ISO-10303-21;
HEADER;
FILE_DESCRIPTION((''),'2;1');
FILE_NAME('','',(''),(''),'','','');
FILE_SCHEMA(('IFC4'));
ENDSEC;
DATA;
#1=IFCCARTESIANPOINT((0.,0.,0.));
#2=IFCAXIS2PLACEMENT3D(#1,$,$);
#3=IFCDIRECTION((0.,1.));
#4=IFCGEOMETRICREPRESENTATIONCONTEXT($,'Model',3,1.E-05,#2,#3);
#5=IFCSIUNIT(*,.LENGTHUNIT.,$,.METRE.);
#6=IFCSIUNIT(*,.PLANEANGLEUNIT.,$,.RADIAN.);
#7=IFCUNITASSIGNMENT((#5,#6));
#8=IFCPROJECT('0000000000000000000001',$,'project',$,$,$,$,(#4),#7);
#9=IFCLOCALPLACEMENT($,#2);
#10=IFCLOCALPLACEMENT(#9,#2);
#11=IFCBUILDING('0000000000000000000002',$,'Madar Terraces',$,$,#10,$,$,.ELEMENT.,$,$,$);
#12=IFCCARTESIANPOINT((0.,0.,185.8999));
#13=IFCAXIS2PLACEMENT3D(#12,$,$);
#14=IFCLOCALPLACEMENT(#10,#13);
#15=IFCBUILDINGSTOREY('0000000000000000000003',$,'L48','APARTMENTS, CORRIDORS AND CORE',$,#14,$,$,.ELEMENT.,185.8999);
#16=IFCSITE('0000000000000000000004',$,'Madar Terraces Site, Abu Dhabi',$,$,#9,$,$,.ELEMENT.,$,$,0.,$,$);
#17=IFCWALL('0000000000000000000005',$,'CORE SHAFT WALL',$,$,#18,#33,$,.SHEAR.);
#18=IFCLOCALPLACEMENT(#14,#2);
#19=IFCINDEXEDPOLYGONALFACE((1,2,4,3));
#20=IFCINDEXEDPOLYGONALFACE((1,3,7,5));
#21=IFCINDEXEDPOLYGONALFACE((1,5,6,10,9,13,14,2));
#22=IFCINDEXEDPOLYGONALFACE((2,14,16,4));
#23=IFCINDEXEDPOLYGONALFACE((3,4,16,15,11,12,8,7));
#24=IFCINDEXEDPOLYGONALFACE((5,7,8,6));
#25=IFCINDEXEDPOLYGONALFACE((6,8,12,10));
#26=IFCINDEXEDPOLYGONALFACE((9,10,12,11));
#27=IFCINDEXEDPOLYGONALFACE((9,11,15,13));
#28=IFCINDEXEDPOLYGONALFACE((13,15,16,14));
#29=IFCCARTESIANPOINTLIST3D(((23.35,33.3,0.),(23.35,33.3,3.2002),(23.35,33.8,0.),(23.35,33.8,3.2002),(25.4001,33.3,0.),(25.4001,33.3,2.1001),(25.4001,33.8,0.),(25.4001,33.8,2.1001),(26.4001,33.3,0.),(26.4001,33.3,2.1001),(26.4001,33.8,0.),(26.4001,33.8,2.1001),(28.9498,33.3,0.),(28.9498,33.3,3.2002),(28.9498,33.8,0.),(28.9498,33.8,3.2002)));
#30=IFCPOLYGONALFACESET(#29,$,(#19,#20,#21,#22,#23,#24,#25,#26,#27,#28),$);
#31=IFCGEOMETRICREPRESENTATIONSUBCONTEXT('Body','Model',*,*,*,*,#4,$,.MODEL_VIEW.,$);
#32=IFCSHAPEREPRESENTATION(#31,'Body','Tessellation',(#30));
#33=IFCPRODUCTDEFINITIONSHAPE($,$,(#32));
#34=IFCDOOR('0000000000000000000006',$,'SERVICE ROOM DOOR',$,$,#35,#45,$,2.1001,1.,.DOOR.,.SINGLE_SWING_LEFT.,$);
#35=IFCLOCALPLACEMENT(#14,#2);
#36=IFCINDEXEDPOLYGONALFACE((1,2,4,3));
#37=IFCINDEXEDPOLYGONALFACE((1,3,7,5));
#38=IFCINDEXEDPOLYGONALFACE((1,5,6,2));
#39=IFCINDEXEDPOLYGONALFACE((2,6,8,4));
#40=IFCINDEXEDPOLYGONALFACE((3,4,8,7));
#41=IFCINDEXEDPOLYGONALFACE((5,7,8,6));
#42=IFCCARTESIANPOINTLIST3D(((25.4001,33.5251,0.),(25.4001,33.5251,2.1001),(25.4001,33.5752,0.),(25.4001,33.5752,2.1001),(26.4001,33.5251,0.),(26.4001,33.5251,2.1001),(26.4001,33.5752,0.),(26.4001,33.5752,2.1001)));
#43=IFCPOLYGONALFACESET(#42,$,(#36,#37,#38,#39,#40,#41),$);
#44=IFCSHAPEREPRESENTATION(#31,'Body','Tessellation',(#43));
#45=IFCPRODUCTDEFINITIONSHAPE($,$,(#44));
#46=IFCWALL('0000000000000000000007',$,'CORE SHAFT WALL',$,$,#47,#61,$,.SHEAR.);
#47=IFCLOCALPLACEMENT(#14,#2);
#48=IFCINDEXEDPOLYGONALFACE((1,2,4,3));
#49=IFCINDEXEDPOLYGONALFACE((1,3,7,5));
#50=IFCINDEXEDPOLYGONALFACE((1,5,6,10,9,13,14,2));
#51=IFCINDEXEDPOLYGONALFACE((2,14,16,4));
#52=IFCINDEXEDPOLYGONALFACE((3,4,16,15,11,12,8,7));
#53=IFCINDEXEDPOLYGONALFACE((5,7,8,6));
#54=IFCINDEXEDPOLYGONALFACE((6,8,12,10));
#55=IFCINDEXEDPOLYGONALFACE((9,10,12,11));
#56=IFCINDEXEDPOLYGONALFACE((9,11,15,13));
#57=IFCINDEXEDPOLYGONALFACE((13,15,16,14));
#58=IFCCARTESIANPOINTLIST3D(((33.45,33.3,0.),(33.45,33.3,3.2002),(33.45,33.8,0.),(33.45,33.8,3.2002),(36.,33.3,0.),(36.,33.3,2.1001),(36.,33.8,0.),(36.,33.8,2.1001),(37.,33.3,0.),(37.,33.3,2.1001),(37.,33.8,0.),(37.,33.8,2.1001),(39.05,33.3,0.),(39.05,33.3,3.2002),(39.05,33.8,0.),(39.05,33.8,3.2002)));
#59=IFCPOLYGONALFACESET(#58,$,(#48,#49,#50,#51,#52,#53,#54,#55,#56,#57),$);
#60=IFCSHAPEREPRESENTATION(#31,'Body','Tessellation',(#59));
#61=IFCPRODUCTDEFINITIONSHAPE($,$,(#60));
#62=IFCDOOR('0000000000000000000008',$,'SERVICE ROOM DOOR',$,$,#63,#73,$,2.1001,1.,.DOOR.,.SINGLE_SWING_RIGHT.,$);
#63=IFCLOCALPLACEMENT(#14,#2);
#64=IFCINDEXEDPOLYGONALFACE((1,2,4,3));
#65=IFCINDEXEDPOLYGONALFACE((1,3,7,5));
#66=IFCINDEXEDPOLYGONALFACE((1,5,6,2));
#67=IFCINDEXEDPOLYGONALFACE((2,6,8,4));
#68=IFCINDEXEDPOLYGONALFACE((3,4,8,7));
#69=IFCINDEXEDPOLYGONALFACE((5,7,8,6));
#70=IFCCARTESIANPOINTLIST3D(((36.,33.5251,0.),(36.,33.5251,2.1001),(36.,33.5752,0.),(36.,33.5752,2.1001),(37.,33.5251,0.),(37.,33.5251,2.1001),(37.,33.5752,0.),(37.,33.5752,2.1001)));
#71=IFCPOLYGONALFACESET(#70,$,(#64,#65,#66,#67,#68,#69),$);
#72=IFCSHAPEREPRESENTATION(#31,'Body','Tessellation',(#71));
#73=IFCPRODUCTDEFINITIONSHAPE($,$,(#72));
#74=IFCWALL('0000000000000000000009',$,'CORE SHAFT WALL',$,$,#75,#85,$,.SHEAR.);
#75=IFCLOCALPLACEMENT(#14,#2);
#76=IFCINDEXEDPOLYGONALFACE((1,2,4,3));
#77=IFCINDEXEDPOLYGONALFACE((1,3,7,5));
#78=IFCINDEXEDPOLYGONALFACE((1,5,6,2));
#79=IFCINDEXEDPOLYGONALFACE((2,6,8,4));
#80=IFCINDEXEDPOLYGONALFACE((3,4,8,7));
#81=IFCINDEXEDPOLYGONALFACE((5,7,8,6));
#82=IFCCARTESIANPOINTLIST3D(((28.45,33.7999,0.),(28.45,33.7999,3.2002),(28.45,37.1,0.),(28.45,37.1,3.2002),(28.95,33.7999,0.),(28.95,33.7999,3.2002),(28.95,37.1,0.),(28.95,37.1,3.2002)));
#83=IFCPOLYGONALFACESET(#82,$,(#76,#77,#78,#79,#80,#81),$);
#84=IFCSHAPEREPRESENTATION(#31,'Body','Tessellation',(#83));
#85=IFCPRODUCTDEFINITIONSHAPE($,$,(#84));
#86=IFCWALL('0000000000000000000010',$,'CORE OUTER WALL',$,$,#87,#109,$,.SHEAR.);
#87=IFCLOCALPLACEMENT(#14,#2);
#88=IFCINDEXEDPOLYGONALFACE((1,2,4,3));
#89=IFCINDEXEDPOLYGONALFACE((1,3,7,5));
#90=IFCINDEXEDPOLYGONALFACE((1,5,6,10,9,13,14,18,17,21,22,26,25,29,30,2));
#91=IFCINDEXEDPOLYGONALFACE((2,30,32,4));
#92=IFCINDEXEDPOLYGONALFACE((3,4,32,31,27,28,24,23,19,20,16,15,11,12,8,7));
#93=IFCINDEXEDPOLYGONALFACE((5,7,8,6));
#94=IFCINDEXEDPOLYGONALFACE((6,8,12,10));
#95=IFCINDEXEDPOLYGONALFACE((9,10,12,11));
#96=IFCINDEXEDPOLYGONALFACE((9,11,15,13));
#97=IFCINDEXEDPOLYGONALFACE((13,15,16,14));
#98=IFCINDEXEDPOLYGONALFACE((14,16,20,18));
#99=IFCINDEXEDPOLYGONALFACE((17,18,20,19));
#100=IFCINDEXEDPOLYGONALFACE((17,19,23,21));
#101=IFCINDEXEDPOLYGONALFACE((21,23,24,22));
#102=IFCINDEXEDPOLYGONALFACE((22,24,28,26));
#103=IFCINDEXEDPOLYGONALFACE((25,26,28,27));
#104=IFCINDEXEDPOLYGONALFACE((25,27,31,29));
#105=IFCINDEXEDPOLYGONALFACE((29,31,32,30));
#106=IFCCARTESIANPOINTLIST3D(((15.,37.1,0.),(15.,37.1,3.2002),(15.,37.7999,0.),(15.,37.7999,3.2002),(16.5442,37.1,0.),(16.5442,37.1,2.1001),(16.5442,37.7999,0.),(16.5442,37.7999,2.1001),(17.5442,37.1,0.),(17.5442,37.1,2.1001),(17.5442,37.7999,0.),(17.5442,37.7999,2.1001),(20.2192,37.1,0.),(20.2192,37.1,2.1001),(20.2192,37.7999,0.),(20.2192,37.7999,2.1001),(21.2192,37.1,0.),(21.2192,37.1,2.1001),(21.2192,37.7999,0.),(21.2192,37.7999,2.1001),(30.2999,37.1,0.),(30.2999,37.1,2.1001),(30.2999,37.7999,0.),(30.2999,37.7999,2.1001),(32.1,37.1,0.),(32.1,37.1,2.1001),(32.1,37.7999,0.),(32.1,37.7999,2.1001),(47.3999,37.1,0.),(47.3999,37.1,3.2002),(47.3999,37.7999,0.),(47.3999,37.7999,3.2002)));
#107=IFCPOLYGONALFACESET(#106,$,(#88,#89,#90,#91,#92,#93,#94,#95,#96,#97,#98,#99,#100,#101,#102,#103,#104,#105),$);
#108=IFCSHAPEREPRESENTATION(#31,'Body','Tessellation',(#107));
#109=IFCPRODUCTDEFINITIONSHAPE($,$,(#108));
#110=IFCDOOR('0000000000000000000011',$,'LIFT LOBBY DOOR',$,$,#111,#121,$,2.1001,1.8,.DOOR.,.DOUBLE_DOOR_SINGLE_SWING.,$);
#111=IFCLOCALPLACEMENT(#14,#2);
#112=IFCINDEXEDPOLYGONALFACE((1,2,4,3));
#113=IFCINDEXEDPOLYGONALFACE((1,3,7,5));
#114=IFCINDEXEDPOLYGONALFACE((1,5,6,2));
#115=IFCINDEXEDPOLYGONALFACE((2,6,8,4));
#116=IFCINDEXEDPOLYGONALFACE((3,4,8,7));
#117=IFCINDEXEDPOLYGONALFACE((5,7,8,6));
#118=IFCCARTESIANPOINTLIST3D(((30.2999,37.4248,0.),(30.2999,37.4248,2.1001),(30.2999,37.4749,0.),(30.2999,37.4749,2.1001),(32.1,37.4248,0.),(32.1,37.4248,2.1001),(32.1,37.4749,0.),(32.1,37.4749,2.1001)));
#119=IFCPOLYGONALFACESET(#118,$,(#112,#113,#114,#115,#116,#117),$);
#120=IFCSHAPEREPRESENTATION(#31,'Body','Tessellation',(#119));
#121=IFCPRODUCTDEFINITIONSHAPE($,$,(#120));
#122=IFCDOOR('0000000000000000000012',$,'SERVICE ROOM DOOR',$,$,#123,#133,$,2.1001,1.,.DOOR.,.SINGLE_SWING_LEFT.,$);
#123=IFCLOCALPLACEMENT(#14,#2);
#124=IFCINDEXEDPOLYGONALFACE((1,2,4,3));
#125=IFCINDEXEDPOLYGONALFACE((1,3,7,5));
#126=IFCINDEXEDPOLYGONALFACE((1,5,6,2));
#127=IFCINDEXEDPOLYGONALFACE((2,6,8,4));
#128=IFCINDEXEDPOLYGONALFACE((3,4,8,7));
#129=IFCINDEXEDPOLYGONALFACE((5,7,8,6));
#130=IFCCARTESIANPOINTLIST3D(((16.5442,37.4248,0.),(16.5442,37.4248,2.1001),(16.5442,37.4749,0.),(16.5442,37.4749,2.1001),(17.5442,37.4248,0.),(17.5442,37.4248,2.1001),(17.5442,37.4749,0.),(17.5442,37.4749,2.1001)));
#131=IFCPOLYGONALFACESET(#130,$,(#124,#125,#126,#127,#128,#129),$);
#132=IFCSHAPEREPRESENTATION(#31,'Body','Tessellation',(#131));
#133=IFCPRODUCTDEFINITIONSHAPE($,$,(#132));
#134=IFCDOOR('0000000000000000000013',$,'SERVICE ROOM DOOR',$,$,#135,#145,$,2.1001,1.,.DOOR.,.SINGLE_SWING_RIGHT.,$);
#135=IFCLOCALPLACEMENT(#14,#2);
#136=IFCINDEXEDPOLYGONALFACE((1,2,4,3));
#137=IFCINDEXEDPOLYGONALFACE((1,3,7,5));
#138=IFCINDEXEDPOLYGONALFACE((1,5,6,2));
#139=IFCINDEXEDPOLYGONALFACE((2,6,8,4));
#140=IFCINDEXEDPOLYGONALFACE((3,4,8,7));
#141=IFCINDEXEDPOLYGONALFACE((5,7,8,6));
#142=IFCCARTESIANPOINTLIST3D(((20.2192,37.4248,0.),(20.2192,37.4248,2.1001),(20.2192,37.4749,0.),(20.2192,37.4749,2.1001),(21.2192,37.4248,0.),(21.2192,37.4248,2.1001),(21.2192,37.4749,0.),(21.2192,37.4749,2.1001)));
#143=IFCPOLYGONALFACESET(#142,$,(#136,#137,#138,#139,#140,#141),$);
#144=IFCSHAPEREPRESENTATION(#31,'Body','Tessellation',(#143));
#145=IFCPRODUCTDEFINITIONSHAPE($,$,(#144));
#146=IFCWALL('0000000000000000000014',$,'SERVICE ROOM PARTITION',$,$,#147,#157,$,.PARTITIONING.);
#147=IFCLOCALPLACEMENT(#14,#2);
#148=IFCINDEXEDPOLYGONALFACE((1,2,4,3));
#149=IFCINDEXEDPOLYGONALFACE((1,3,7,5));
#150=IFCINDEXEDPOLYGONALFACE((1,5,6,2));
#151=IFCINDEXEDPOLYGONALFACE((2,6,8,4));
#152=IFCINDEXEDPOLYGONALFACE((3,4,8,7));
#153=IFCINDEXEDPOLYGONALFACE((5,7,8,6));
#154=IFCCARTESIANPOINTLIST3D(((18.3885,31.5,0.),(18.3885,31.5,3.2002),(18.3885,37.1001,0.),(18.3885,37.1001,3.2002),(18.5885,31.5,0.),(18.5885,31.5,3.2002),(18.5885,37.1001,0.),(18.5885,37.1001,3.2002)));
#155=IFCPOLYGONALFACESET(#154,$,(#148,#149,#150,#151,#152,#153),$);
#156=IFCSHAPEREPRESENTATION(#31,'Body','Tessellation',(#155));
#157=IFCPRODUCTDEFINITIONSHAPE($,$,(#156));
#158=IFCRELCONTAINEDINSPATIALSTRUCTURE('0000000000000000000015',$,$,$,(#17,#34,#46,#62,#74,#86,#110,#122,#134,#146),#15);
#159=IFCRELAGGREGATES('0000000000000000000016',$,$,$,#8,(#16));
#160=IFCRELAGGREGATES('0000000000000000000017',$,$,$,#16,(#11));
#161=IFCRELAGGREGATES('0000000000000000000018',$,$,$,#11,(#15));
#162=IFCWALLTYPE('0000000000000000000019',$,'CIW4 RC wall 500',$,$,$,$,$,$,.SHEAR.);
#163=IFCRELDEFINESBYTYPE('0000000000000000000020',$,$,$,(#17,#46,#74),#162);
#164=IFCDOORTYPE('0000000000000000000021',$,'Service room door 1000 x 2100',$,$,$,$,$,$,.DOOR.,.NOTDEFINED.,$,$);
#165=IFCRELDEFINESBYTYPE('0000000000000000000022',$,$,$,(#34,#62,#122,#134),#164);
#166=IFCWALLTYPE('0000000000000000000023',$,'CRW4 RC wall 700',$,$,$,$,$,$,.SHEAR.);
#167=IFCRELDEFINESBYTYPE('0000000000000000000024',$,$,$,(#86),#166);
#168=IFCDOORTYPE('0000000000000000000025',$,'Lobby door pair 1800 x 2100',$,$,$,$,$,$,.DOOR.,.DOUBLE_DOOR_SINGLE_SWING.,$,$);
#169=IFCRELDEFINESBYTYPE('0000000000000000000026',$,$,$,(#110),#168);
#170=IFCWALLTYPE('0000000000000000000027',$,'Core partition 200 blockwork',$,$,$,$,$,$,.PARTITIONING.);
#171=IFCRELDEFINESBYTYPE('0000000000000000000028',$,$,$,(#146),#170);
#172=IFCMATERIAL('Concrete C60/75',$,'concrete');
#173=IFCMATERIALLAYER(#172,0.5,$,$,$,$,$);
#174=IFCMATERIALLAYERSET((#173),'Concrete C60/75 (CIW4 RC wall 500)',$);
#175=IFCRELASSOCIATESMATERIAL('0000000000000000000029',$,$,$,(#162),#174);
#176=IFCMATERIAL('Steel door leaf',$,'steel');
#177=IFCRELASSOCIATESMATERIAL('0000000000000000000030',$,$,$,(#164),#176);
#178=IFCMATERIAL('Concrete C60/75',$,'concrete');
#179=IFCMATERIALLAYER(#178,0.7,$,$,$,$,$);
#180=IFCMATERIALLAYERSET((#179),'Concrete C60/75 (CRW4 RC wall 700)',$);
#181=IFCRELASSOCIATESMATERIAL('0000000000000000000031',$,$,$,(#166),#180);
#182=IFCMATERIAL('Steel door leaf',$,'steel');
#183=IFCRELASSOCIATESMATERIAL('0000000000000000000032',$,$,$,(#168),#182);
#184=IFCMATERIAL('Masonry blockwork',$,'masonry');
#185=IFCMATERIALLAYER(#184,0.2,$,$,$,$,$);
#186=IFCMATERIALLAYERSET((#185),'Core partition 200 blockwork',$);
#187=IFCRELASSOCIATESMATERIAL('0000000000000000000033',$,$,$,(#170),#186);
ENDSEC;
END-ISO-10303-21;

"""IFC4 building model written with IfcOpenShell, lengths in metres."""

from ifc_helpers import new_model, si_unit, direction, frame, frame_2d, origin, place, context, subcontext, project, spatial, rectangle, extrude, material, layer, layer_set, type_object, element, fill, save


model = new_model("IFC4")

# Units and contexts
model_context = context("Model", 3, precision=1e-05, world=origin(), true_north=direction((0.0, 1.0)))
body_context = subcontext(model_context, "Body", "Model", "MODEL_VIEW")
ifc_project = project(units=[si_unit("LENGTHUNIT", "METRE"), si_unit("PLANEANGLEUNIT", "RADIAN")], contexts=[model_context])

# Site, building, storey
site_placement = place(None, origin())
site = spatial("IfcSite", under=ifc_project, at=site_placement, Name="Madar Terraces Site, Abu Dhabi", CompositionType="ELEMENT", RefElevation=0.0)
building_placement = place(site_placement, origin())
building = spatial("IfcBuilding", under=site, at=building_placement, Name="Madar Terraces", CompositionType="ELEMENT")
storey_placement = place(building_placement, frame((0.0, 0.0, 185.8999)))
storey = spatial("IfcBuildingStorey", under=building, at=storey_placement, Name="L48", Description="APARTMENTS, CORRIDORS AND CORE", CompositionType="ELEMENT", Elevation=185.8999)

# Walls, openings, doors
ifc_material_1 = material(Name="Concrete C60/75", Category="concrete")
ifc_layer_1 = layer(ifc_material_1, 0.5)
ifc_layer_set_1 = layer_set([ifc_layer_1], Name="Concrete C60/75 (CIW4 RC wall 500)")
wall_type_1 = type_object("IfcWallType", Name="CIW4 RC wall 500", PredefinedType="SHEAR", material=ifc_layer_set_1)
wall_1_placement = place(storey_placement, frame((23.3501, 33.55, 0.0), z_axis=(0.0, 0.0, 1.0), x_axis=(1.0, 0.0, 0.0)))
wall_1 = element("IfcWall", 1, at=wall_1_placement, inside=storey, type_object=wall_type_1, Name="CORE SHAFT WALL", PredefinedType="SHEAR", context=body_context, shape_type="SweptSolid", body=[
    extrude(rectangle(XDim=5.5999, YDim=0.5, at=frame_2d((2.7998, 0.0))), origin(), (0.0, 0.0, 1.0), 3.2002),
])
opening_1_placement = place(wall_1_placement, frame((2.05, 0.0, 0.0)))
opening_1 = element("IfcOpeningElement", 2, at=opening_1_placement, cuts=wall_1, PredefinedType="OPENING", context=body_context, shape_type="SweptSolid", body=[
    extrude(rectangle(XDim=1.0, YDim=2.1001, at=frame_2d((0.5, 1.05))), frame((0.0, 0.26, 0.0), z_axis=(0.0, -1.0, 0.0), x_axis=(1.0, 0.0, 0.0)), (0.0, 0.0, 1.0), 0.52),
])
ifc_material_2 = material(Name="Steel door leaf", Category="steel")
door_type_1 = type_object("IfcDoorType", Name="Service room door 1000 x 2100", OperationType="NOTDEFINED", PredefinedType="DOOR", material=ifc_material_2)
door_1_placement = place(opening_1_placement, frame((1.0, 0.0, 0.0), z_axis=(0.0, 0.0, 1.0), x_axis=(-1.0, 0.0, 0.0)))
door_1 = element("IfcDoor", 3, at=door_1_placement, inside=storey, type_object=door_type_1, Name="SERVICE ROOM DOOR", OperationType="SINGLE_SWING_LEFT", OverallHeight=2.1001, OverallWidth=1.0, PredefinedType="DOOR", context=body_context, shape_type="SweptSolid", body=[
    extrude(rectangle(XDim=1.0, YDim=2.1001, at=frame_2d((0.5, 1.05))), frame((0.0, 0.0249, 0.0), z_axis=(0.0, -1.0, 0.0), x_axis=(1.0, 0.0, 0.0)), (0.0, 0.0, 1.0), 0.05),
])
fill(opening_1, door_1)
wall_2_placement = place(storey_placement, frame((33.45, 33.55, 0.0), z_axis=(0.0, 0.0, 1.0), x_axis=(1.0, 0.0, 0.0)))
wall_2 = element("IfcWall", 4, at=wall_2_placement, inside=storey, type_object=wall_type_1, Name="CORE SHAFT WALL", PredefinedType="SHEAR", context=body_context, shape_type="SweptSolid", body=[
    extrude(rectangle(XDim=5.6001, YDim=0.5, at=frame_2d((2.8, 0.0))), origin(), (0.0, 0.0, 1.0), 3.2002),
])
opening_2_placement = place(wall_2_placement, frame((2.55, 0.0, 0.0)))
opening_2 = element("IfcOpeningElement", 5, at=opening_2_placement, cuts=wall_2, PredefinedType="OPENING", context=body_context, shape_type="SweptSolid", body=[
    extrude(rectangle(XDim=1.0, YDim=2.1001, at=frame_2d((0.5, 1.05))), frame((0.0, 0.26, 0.0), z_axis=(0.0, -1.0, 0.0), x_axis=(1.0, 0.0, 0.0)), (0.0, 0.0, 1.0), 0.52),
])
door_2_placement = place(opening_2_placement, frame((1.0, 0.0, 0.0), z_axis=(0.0, 0.0, 1.0), x_axis=(-1.0, 0.0, 0.0)))
door_2 = element("IfcDoor", 6, at=door_2_placement, inside=storey, type_object=door_type_1, Name="SERVICE ROOM DOOR", OperationType="SINGLE_SWING_RIGHT", OverallHeight=2.1001, OverallWidth=1.0, PredefinedType="DOOR", context=body_context, shape_type="SweptSolid", body=[
    extrude(rectangle(XDim=1.0, YDim=2.1001, at=frame_2d((0.5, 1.05))), frame((0.0, 0.0249, 0.0), z_axis=(0.0, -1.0, 0.0), x_axis=(1.0, 0.0, 0.0)), (0.0, 0.0, 1.0), 0.05),
])
fill(opening_2, door_2)

# Wall
wall_3_placement = place(storey_placement, frame((28.7, 33.8, 0.0), z_axis=(0.0, 0.0, 1.0), x_axis=(0.0, 1.0, 0.0)))
element("IfcWall", 7, at=wall_3_placement, inside=storey, type_object=wall_type_1, Name="CORE SHAFT WALL", PredefinedType="SHEAR", context=body_context, shape_type="SweptSolid", body=[
    extrude(rectangle(XDim=3.3, YDim=0.5, at=frame_2d((1.6499, 0.0))), origin(), (0.0, 0.0, 1.0), 3.2002),
])

# Wall, openings, doors
ifc_material_3 = material(Name="Concrete C60/75", Category="concrete")
ifc_layer_2 = layer(ifc_material_3, 0.7)
ifc_layer_set_2 = layer_set([ifc_layer_2], Name="Concrete C60/75 (CRW4 RC wall 700)")
wall_type_2 = type_object("IfcWallType", Name="CRW4 RC wall 700", PredefinedType="SHEAR", material=ifc_layer_set_2)
wall_4_placement = place(storey_placement, frame((15.0, 37.45, 0.0), z_axis=(0.0, 0.0, 1.0), x_axis=(1.0, 0.0, 0.0)))
wall_4 = element("IfcWall", 8, at=wall_4_placement, inside=storey, type_object=wall_type_2, Name="CORE OUTER WALL", PredefinedType="SHEAR", context=body_context, shape_type="SweptSolid", body=[
    extrude(rectangle(XDim=32.3999, YDim=0.7, at=frame_2d((16.2, 0.0))), origin(), (0.0, 0.0, 1.0), 3.2002),
])
opening_3_placement = place(wall_4_placement, frame((15.3, 0.0, 0.0)))
opening_3 = element("IfcOpeningElement", 9, at=opening_3_placement, cuts=wall_4, PredefinedType="OPENING", context=body_context, shape_type="SweptSolid", body=[
    extrude(rectangle(XDim=1.8, YDim=2.1001, at=frame_2d((0.8999, 1.05))), frame((0.0, 0.3599, 0.0), z_axis=(0.0, -1.0, 0.0), x_axis=(1.0, 0.0, 0.0)), (0.0, 0.0, 1.0), 0.72),
])
opening_4_placement = place(wall_4_placement, frame((1.5442, 0.0, 0.0)))
opening_4 = element("IfcOpeningElement", 10, at=opening_4_placement, cuts=wall_4, PredefinedType="OPENING", context=body_context, shape_type="SweptSolid", body=[
    extrude(rectangle(XDim=1.0, YDim=2.1001, at=frame_2d((0.5, 1.05))), frame((0.0, 0.3599, 0.0), z_axis=(0.0, -1.0, 0.0), x_axis=(1.0, 0.0, 0.0)), (0.0, 0.0, 1.0), 0.72),
])
opening_5_placement = place(wall_4_placement, frame((5.2192, 0.0, 0.0)))
opening_5 = element("IfcOpeningElement", 11, at=opening_5_placement, cuts=wall_4, PredefinedType="OPENING", context=body_context, shape_type="SweptSolid", body=[
    extrude(rectangle(XDim=1.0, YDim=2.1001, at=frame_2d((0.5, 1.05))), frame((0.0, 0.3599, 0.0), z_axis=(0.0, -1.0, 0.0), x_axis=(1.0, 0.0, 0.0)), (0.0, 0.0, 1.0), 0.72),
])
ifc_material_4 = material(Name="Steel door leaf", Category="steel")
door_type_2 = type_object("IfcDoorType", Name="Lobby door pair 1800 x 2100", OperationType="DOUBLE_DOOR_SINGLE_SWING", PredefinedType="DOOR", material=ifc_material_4)
door_3_placement = place(opening_3_placement, origin())
door_3 = element("IfcDoor", 12, at=door_3_placement, inside=storey, type_object=door_type_2, Name="LIFT LOBBY DOOR", OperationType="DOUBLE_DOOR_SINGLE_SWING", OverallHeight=2.1001, OverallWidth=1.8, PredefinedType="DOOR", context=body_context, shape_type="SweptSolid", body=[
    extrude(rectangle(XDim=1.8, YDim=2.1001, at=frame_2d((0.8999, 1.05))), frame((0.0, 0.0249, 0.0), z_axis=(0.0, -1.0, 0.0), x_axis=(1.0, 0.0, 0.0)), (0.0, 0.0, 1.0), 0.05),
])
fill(opening_3, door_3)
door_4_placement = place(opening_4_placement, origin())
door_4 = element("IfcDoor", 13, at=door_4_placement, inside=storey, type_object=door_type_1, Name="SERVICE ROOM DOOR", OperationType="SINGLE_SWING_LEFT", OverallHeight=2.1001, OverallWidth=1.0, PredefinedType="DOOR", context=body_context, shape_type="SweptSolid", body=[
    extrude(rectangle(XDim=1.0, YDim=2.1001, at=frame_2d((0.5, 1.05))), frame((0.0, 0.0249, 0.0), z_axis=(0.0, -1.0, 0.0), x_axis=(1.0, 0.0, 0.0)), (0.0, 0.0, 1.0), 0.05),
])
fill(opening_4, door_4)
door_5_placement = place(opening_5_placement, origin())
door_5 = element("IfcDoor", 14, at=door_5_placement, inside=storey, type_object=door_type_1, Name="SERVICE ROOM DOOR", OperationType="SINGLE_SWING_RIGHT", OverallHeight=2.1001, OverallWidth=1.0, PredefinedType="DOOR", context=body_context, shape_type="SweptSolid", body=[
    extrude(rectangle(XDim=1.0, YDim=2.1001, at=frame_2d((0.5, 1.05))), frame((0.0, 0.0249, 0.0), z_axis=(0.0, -1.0, 0.0), x_axis=(1.0, 0.0, 0.0)), (0.0, 0.0, 1.0), 0.05),
])
fill(opening_5, door_5)

# Wall
ifc_material_5 = material(Name="Masonry blockwork", Category="masonry")
ifc_layer_3 = layer(ifc_material_5, 0.2)
ifc_layer_set_3 = layer_set([ifc_layer_3], Name="Core partition 200 blockwork")
wall_type_3 = type_object("IfcWallType", Name="Core partition 200 blockwork", PredefinedType="PARTITIONING", material=ifc_layer_set_3)
wall_5_placement = place(storey_placement, frame((18.4885, 31.5, 0.0), z_axis=(0.0, 0.0, 1.0), x_axis=(0.0, 1.0, 0.0)))
element("IfcWall", 15, at=wall_5_placement, inside=storey, type_object=wall_type_3, Name="SERVICE ROOM PARTITION", PredefinedType="PARTITIONING", context=body_context, shape_type="SweptSolid", body=[
    extrude(rectangle(XDim=5.6001, YDim=0.2, at=frame_2d((2.8, 0.0))), origin(), (0.0, 0.0, 1.0), 3.2002),
])

save(model, "model.ifc")
